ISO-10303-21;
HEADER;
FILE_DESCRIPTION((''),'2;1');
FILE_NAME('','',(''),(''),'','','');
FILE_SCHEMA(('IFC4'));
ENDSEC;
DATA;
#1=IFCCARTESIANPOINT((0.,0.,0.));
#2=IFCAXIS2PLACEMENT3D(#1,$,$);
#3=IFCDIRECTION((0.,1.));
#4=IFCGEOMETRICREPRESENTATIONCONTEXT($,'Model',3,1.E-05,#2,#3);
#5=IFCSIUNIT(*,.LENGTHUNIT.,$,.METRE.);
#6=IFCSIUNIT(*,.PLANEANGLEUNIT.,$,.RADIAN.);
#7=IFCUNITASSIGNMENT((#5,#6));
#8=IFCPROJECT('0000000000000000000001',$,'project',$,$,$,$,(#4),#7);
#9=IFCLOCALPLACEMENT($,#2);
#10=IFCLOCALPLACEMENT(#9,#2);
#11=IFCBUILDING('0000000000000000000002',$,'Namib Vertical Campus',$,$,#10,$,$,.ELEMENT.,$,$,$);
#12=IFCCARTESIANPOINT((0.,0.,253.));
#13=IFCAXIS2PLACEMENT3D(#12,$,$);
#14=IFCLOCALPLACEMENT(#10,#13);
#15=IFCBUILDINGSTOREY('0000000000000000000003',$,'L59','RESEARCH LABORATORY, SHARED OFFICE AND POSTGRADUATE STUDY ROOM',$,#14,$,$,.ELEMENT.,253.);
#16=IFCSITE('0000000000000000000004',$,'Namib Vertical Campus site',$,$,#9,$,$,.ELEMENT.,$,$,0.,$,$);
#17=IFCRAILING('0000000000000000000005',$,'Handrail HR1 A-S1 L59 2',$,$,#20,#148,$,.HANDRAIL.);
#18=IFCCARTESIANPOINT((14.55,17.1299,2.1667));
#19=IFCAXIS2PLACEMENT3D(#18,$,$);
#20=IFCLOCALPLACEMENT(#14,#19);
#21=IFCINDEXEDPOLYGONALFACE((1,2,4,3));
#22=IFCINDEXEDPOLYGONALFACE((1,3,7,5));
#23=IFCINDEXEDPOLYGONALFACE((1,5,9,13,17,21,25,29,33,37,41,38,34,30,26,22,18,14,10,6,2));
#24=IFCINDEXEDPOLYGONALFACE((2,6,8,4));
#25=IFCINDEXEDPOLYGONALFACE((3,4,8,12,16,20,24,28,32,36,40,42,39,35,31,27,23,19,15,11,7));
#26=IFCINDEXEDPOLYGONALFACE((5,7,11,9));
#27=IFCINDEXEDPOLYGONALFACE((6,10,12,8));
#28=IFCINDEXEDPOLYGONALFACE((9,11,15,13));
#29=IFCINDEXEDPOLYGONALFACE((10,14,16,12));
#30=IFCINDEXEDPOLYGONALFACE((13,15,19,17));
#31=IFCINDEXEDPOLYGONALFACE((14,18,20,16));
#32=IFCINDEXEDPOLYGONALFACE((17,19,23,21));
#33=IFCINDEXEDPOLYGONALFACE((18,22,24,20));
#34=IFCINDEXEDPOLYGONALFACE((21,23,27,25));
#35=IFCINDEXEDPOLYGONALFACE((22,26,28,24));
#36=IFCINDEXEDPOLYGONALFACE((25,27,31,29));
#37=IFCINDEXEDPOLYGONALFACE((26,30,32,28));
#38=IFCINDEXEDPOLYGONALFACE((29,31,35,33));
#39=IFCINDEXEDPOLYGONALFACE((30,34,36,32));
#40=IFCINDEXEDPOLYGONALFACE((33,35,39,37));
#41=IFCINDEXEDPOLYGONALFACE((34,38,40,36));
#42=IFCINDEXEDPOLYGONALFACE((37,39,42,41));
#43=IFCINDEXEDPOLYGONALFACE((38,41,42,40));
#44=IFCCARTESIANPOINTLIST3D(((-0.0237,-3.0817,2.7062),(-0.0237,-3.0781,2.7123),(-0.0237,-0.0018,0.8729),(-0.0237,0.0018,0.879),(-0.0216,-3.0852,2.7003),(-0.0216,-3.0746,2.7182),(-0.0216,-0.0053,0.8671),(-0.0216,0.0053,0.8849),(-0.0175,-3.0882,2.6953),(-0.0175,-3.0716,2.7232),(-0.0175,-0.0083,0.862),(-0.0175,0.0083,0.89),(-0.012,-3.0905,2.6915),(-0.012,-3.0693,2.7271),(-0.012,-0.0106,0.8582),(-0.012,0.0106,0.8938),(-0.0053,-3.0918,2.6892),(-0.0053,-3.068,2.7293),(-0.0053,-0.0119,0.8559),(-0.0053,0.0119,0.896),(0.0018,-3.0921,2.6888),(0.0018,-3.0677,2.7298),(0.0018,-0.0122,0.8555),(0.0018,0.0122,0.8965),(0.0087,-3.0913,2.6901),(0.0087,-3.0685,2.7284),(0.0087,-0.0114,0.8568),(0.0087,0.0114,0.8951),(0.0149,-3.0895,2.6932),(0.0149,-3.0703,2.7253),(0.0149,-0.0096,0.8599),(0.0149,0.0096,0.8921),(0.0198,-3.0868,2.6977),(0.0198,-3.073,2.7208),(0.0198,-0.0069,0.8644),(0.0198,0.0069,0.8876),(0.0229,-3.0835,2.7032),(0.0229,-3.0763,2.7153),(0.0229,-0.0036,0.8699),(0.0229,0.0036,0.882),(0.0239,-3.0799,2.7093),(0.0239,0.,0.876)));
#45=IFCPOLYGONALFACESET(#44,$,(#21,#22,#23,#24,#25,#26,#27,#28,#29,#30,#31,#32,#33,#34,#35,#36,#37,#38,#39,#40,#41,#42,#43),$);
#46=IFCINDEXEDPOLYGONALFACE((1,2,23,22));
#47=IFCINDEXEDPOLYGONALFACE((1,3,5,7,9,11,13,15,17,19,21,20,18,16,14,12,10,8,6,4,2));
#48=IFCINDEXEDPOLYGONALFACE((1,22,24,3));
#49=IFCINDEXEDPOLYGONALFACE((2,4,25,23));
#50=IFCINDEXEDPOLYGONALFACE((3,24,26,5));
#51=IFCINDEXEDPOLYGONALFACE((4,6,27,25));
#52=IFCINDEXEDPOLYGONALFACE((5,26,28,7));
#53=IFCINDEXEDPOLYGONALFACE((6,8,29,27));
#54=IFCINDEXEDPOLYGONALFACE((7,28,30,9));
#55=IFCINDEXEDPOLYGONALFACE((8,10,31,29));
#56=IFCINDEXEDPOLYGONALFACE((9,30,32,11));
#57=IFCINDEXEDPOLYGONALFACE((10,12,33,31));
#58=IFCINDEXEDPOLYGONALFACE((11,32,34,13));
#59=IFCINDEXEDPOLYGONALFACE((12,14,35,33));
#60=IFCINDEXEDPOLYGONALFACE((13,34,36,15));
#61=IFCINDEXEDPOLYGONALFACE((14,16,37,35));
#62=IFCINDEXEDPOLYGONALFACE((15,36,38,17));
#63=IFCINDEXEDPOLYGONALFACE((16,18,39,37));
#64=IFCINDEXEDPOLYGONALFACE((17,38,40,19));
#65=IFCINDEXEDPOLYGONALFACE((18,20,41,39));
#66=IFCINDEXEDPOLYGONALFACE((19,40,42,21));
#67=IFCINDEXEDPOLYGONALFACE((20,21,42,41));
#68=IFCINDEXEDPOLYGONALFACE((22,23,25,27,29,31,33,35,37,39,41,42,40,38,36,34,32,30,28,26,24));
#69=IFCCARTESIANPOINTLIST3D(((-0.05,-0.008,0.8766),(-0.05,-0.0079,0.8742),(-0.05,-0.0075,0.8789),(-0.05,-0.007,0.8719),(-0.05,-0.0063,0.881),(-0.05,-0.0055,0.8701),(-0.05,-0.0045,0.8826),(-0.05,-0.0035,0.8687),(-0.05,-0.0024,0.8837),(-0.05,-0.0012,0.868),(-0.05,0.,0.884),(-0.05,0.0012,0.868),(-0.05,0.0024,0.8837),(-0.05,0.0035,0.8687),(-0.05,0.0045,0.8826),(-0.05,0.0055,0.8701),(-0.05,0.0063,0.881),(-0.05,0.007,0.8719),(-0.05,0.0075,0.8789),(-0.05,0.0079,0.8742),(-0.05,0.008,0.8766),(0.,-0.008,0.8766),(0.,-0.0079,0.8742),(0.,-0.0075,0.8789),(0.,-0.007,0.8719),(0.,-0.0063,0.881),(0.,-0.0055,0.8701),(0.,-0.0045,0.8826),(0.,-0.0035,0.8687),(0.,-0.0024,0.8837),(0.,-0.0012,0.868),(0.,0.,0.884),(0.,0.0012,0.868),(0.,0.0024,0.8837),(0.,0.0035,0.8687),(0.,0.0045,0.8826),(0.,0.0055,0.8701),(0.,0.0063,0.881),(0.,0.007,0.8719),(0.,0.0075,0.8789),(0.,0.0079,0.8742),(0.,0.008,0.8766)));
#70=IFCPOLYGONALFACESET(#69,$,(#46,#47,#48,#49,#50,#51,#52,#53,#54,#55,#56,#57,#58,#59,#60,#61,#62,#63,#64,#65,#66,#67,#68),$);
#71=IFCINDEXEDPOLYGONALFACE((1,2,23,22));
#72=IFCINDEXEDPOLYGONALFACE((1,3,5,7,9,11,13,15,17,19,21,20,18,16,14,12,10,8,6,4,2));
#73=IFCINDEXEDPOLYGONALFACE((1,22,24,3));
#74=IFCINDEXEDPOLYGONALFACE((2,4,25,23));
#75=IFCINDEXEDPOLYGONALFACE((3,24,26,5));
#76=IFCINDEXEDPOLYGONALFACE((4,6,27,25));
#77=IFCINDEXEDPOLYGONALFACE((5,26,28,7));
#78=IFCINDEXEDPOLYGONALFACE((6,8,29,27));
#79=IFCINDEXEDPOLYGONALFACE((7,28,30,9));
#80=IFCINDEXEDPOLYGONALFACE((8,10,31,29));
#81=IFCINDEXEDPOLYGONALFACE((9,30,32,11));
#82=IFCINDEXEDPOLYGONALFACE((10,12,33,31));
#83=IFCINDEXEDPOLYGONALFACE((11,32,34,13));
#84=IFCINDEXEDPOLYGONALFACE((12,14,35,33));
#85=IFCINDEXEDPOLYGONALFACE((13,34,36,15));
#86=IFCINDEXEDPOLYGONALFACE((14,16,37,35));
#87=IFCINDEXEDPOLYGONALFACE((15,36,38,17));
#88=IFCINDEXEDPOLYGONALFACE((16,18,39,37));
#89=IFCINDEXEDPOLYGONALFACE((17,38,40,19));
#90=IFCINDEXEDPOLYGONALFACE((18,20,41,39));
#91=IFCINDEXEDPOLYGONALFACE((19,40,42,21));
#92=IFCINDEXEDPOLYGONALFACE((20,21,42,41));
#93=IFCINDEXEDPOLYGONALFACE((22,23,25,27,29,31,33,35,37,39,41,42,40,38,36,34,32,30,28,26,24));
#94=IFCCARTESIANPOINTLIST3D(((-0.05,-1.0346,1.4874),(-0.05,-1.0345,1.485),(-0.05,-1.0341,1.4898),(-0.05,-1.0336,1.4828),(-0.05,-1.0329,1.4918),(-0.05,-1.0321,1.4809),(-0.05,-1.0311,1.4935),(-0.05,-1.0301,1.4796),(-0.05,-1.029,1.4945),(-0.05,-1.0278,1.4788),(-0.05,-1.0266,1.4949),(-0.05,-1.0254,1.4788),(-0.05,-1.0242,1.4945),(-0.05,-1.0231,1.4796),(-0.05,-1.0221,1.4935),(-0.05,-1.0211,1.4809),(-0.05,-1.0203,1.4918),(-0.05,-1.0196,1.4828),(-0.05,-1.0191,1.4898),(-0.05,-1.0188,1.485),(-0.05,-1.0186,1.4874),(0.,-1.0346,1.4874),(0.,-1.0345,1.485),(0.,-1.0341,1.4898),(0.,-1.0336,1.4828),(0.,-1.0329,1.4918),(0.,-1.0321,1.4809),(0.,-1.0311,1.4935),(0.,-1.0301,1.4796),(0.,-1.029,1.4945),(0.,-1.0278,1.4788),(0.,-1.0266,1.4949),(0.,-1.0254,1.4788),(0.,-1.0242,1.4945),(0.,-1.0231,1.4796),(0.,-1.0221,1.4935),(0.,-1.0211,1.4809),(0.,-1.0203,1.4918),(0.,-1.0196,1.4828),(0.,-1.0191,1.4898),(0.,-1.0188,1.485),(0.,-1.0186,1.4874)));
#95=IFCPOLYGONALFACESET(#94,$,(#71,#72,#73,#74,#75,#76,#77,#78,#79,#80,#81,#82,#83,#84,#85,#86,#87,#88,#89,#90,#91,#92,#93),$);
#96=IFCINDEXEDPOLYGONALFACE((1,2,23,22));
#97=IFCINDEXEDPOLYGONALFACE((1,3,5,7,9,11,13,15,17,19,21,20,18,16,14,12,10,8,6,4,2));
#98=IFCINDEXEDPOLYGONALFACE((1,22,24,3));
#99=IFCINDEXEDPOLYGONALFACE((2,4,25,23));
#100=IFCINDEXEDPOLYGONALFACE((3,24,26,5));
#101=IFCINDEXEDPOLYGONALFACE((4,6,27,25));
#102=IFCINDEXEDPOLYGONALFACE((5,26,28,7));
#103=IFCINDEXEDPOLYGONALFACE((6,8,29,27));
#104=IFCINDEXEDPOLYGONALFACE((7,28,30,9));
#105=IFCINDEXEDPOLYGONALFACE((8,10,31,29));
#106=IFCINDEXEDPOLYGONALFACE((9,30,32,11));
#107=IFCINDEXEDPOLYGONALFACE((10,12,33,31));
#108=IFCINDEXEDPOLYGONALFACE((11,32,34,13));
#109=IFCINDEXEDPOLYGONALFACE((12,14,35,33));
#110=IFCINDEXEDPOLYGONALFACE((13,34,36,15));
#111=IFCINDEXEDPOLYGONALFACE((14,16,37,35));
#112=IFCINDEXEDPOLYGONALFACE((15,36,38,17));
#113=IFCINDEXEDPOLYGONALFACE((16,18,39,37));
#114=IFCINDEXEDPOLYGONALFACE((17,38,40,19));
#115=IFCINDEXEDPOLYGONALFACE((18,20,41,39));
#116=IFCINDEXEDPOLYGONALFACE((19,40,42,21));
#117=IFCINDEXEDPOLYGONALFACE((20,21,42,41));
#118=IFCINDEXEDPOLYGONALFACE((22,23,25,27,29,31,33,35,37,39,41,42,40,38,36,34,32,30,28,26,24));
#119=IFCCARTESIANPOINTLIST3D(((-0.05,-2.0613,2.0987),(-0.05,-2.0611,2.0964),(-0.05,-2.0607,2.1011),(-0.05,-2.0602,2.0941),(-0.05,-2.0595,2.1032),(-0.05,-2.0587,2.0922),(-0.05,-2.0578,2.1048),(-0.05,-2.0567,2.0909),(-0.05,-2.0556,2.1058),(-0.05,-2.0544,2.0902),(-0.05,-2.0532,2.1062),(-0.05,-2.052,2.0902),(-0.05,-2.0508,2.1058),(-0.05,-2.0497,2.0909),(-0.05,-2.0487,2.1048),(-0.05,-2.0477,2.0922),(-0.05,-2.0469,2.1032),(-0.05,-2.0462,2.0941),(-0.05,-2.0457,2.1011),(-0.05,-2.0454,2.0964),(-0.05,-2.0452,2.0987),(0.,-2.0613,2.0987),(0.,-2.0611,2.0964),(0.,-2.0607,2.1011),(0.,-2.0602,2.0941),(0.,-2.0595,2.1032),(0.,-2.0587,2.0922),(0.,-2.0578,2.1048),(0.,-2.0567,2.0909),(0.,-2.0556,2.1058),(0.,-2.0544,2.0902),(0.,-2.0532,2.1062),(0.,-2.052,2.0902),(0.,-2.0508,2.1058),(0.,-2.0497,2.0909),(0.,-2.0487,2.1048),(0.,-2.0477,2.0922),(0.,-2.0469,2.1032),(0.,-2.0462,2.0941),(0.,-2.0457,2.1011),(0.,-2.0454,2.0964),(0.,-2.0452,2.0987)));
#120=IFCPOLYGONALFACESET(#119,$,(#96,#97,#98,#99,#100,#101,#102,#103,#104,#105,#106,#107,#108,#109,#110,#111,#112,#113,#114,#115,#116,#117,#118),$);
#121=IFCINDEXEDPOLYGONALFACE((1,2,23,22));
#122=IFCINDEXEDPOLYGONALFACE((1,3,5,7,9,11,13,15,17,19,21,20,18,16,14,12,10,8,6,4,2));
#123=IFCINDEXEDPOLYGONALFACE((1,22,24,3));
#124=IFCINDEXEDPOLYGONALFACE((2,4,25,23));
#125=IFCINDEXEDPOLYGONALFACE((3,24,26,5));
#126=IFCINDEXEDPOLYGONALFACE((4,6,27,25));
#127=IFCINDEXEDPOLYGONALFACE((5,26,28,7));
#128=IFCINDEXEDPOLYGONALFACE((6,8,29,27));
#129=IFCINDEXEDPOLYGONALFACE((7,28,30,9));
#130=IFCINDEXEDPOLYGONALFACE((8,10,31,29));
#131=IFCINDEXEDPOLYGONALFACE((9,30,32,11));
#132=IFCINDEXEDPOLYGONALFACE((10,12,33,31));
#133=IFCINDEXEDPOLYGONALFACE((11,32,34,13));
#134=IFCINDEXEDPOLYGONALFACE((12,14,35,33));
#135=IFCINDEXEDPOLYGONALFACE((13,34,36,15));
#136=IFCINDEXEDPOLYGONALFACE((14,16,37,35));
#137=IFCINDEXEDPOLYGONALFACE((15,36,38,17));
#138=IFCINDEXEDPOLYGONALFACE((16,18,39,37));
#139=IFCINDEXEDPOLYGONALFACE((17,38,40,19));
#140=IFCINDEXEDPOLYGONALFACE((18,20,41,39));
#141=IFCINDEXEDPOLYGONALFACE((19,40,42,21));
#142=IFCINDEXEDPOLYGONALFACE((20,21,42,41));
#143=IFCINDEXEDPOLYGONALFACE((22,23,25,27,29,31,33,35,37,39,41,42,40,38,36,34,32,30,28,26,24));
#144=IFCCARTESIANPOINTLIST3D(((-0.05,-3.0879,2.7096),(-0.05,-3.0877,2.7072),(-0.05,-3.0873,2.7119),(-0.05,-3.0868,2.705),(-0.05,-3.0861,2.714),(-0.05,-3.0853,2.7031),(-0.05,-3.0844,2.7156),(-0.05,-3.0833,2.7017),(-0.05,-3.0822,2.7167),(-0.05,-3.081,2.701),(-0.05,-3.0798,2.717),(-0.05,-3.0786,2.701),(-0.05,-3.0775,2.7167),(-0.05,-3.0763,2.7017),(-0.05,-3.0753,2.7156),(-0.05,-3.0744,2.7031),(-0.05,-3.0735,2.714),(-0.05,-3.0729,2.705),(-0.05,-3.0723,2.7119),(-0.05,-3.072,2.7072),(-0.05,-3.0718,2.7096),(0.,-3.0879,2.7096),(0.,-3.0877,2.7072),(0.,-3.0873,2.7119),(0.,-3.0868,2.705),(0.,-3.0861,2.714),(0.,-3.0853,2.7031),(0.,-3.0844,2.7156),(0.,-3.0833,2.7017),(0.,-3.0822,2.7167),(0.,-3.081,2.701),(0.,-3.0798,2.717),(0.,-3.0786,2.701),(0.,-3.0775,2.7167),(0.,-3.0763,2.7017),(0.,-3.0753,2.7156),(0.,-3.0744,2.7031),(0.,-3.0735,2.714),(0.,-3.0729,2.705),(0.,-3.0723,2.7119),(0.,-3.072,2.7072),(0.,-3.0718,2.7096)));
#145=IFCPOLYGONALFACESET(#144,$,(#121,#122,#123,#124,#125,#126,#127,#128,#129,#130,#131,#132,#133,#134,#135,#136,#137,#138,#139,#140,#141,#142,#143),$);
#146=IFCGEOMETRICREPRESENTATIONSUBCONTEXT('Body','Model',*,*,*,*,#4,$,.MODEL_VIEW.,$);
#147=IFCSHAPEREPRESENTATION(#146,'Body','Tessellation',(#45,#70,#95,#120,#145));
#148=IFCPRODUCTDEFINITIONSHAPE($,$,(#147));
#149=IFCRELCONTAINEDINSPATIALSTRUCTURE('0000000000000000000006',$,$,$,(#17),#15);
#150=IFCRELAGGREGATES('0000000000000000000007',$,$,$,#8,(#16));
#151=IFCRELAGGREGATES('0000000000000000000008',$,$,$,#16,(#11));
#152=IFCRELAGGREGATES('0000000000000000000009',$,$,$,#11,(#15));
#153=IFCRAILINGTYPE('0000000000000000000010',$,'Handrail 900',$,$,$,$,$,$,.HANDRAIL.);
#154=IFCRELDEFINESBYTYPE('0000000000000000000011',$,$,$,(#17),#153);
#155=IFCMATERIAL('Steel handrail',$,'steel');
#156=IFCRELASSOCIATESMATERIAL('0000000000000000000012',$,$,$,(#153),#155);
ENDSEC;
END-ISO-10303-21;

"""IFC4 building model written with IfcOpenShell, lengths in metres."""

from ifc_helpers import new_model, si_unit, direction, frame, origin, origin_2d, place, context, subcontext, project, spatial, circle, extrude, material, type_object, element, save


model = new_model("IFC4")

# Units and contexts
model_context = context("Model", 3, precision=1e-05, world=origin(), true_north=direction((0.0, 1.0)))
body_context = subcontext(model_context, "Body", "Model", "MODEL_VIEW")
ifc_project = project(units=[si_unit("LENGTHUNIT", "METRE"), si_unit("PLANEANGLEUNIT", "RADIAN")], contexts=[model_context])

# Site, building, storey
site_placement = place(None, origin())
site = spatial("IfcSite", under=ifc_project, at=site_placement, Name="Namib Vertical Campus site", CompositionType="ELEMENT", RefElevation=0.0)
building_placement = place(site_placement, origin())
building = spatial("IfcBuilding", under=site, at=building_placement, Name="Namib Vertical Campus", CompositionType="ELEMENT")
storey_placement = place(building_placement, frame((0.0, 0.0, 253.0)))
storey = spatial("IfcBuildingStorey", under=building, at=storey_placement, Name="L59", Description="RESEARCH LABORATORY, SHARED OFFICE AND POSTGRADUATE STUDY ROOM", CompositionType="ELEMENT", Elevation=253.0)

# Railing
ifc_material_1 = material(Name="Steel handrail", Category="steel")
railing_type = type_object("IfcRailingType", Name="Handrail 900", PredefinedType="HANDRAIL", material=ifc_material_1)
railing_placement = place(storey_placement, frame((14.55, 17.1299, 2.1667)))
element("IfcRailing", 1, at=railing_placement, inside=storey, type_object=railing_type, Name="Handrail HR1 A-S1 L59 2", PredefinedType="HANDRAIL", context=body_context, shape_type="SweptSolid", body=[
    extrude(circle(Radius=0.0239, at=origin_2d()), frame((0.0, 0.0, 0.876), z_axis=(0.0, -0.859291, 0.511487), x_axis=(1.0, 0.0, 0.0)), (0.0, 0.0, 1.0), 3.5842),
    extrude(circle(Radius=0.0081, at=origin_2d()), frame((0.0, 0.0, 0.876), z_axis=(-1.0, 0.0, 0.0), x_axis=(0.0, 0.0, 1.0)), (0.0, 0.0, 1.0), 0.05),
    extrude(circle(Radius=0.0081, at=origin_2d()), frame((0.0, -1.0266, 1.4868), z_axis=(-1.0, 0.0, 0.0), x_axis=(0.0, 0.0, 1.0)), (0.0, 0.0, 1.0), 0.05),
    extrude(circle(Radius=0.0081, at=origin_2d()), frame((0.0, -2.0532, 2.0981), z_axis=(-1.0, 0.0, 0.0), x_axis=(0.0, 0.0, 1.0)), (0.0, 0.0, 1.0), 0.05),
    extrude(circle(Radius=0.0081, at=origin_2d()), frame((0.0, -3.0798, 2.709), z_axis=(-1.0, 0.0, 0.0), x_axis=(0.0, 0.0, 1.0)), (0.0, 0.0, 1.0), 0.05),
])

save(model, "model.ifc")
